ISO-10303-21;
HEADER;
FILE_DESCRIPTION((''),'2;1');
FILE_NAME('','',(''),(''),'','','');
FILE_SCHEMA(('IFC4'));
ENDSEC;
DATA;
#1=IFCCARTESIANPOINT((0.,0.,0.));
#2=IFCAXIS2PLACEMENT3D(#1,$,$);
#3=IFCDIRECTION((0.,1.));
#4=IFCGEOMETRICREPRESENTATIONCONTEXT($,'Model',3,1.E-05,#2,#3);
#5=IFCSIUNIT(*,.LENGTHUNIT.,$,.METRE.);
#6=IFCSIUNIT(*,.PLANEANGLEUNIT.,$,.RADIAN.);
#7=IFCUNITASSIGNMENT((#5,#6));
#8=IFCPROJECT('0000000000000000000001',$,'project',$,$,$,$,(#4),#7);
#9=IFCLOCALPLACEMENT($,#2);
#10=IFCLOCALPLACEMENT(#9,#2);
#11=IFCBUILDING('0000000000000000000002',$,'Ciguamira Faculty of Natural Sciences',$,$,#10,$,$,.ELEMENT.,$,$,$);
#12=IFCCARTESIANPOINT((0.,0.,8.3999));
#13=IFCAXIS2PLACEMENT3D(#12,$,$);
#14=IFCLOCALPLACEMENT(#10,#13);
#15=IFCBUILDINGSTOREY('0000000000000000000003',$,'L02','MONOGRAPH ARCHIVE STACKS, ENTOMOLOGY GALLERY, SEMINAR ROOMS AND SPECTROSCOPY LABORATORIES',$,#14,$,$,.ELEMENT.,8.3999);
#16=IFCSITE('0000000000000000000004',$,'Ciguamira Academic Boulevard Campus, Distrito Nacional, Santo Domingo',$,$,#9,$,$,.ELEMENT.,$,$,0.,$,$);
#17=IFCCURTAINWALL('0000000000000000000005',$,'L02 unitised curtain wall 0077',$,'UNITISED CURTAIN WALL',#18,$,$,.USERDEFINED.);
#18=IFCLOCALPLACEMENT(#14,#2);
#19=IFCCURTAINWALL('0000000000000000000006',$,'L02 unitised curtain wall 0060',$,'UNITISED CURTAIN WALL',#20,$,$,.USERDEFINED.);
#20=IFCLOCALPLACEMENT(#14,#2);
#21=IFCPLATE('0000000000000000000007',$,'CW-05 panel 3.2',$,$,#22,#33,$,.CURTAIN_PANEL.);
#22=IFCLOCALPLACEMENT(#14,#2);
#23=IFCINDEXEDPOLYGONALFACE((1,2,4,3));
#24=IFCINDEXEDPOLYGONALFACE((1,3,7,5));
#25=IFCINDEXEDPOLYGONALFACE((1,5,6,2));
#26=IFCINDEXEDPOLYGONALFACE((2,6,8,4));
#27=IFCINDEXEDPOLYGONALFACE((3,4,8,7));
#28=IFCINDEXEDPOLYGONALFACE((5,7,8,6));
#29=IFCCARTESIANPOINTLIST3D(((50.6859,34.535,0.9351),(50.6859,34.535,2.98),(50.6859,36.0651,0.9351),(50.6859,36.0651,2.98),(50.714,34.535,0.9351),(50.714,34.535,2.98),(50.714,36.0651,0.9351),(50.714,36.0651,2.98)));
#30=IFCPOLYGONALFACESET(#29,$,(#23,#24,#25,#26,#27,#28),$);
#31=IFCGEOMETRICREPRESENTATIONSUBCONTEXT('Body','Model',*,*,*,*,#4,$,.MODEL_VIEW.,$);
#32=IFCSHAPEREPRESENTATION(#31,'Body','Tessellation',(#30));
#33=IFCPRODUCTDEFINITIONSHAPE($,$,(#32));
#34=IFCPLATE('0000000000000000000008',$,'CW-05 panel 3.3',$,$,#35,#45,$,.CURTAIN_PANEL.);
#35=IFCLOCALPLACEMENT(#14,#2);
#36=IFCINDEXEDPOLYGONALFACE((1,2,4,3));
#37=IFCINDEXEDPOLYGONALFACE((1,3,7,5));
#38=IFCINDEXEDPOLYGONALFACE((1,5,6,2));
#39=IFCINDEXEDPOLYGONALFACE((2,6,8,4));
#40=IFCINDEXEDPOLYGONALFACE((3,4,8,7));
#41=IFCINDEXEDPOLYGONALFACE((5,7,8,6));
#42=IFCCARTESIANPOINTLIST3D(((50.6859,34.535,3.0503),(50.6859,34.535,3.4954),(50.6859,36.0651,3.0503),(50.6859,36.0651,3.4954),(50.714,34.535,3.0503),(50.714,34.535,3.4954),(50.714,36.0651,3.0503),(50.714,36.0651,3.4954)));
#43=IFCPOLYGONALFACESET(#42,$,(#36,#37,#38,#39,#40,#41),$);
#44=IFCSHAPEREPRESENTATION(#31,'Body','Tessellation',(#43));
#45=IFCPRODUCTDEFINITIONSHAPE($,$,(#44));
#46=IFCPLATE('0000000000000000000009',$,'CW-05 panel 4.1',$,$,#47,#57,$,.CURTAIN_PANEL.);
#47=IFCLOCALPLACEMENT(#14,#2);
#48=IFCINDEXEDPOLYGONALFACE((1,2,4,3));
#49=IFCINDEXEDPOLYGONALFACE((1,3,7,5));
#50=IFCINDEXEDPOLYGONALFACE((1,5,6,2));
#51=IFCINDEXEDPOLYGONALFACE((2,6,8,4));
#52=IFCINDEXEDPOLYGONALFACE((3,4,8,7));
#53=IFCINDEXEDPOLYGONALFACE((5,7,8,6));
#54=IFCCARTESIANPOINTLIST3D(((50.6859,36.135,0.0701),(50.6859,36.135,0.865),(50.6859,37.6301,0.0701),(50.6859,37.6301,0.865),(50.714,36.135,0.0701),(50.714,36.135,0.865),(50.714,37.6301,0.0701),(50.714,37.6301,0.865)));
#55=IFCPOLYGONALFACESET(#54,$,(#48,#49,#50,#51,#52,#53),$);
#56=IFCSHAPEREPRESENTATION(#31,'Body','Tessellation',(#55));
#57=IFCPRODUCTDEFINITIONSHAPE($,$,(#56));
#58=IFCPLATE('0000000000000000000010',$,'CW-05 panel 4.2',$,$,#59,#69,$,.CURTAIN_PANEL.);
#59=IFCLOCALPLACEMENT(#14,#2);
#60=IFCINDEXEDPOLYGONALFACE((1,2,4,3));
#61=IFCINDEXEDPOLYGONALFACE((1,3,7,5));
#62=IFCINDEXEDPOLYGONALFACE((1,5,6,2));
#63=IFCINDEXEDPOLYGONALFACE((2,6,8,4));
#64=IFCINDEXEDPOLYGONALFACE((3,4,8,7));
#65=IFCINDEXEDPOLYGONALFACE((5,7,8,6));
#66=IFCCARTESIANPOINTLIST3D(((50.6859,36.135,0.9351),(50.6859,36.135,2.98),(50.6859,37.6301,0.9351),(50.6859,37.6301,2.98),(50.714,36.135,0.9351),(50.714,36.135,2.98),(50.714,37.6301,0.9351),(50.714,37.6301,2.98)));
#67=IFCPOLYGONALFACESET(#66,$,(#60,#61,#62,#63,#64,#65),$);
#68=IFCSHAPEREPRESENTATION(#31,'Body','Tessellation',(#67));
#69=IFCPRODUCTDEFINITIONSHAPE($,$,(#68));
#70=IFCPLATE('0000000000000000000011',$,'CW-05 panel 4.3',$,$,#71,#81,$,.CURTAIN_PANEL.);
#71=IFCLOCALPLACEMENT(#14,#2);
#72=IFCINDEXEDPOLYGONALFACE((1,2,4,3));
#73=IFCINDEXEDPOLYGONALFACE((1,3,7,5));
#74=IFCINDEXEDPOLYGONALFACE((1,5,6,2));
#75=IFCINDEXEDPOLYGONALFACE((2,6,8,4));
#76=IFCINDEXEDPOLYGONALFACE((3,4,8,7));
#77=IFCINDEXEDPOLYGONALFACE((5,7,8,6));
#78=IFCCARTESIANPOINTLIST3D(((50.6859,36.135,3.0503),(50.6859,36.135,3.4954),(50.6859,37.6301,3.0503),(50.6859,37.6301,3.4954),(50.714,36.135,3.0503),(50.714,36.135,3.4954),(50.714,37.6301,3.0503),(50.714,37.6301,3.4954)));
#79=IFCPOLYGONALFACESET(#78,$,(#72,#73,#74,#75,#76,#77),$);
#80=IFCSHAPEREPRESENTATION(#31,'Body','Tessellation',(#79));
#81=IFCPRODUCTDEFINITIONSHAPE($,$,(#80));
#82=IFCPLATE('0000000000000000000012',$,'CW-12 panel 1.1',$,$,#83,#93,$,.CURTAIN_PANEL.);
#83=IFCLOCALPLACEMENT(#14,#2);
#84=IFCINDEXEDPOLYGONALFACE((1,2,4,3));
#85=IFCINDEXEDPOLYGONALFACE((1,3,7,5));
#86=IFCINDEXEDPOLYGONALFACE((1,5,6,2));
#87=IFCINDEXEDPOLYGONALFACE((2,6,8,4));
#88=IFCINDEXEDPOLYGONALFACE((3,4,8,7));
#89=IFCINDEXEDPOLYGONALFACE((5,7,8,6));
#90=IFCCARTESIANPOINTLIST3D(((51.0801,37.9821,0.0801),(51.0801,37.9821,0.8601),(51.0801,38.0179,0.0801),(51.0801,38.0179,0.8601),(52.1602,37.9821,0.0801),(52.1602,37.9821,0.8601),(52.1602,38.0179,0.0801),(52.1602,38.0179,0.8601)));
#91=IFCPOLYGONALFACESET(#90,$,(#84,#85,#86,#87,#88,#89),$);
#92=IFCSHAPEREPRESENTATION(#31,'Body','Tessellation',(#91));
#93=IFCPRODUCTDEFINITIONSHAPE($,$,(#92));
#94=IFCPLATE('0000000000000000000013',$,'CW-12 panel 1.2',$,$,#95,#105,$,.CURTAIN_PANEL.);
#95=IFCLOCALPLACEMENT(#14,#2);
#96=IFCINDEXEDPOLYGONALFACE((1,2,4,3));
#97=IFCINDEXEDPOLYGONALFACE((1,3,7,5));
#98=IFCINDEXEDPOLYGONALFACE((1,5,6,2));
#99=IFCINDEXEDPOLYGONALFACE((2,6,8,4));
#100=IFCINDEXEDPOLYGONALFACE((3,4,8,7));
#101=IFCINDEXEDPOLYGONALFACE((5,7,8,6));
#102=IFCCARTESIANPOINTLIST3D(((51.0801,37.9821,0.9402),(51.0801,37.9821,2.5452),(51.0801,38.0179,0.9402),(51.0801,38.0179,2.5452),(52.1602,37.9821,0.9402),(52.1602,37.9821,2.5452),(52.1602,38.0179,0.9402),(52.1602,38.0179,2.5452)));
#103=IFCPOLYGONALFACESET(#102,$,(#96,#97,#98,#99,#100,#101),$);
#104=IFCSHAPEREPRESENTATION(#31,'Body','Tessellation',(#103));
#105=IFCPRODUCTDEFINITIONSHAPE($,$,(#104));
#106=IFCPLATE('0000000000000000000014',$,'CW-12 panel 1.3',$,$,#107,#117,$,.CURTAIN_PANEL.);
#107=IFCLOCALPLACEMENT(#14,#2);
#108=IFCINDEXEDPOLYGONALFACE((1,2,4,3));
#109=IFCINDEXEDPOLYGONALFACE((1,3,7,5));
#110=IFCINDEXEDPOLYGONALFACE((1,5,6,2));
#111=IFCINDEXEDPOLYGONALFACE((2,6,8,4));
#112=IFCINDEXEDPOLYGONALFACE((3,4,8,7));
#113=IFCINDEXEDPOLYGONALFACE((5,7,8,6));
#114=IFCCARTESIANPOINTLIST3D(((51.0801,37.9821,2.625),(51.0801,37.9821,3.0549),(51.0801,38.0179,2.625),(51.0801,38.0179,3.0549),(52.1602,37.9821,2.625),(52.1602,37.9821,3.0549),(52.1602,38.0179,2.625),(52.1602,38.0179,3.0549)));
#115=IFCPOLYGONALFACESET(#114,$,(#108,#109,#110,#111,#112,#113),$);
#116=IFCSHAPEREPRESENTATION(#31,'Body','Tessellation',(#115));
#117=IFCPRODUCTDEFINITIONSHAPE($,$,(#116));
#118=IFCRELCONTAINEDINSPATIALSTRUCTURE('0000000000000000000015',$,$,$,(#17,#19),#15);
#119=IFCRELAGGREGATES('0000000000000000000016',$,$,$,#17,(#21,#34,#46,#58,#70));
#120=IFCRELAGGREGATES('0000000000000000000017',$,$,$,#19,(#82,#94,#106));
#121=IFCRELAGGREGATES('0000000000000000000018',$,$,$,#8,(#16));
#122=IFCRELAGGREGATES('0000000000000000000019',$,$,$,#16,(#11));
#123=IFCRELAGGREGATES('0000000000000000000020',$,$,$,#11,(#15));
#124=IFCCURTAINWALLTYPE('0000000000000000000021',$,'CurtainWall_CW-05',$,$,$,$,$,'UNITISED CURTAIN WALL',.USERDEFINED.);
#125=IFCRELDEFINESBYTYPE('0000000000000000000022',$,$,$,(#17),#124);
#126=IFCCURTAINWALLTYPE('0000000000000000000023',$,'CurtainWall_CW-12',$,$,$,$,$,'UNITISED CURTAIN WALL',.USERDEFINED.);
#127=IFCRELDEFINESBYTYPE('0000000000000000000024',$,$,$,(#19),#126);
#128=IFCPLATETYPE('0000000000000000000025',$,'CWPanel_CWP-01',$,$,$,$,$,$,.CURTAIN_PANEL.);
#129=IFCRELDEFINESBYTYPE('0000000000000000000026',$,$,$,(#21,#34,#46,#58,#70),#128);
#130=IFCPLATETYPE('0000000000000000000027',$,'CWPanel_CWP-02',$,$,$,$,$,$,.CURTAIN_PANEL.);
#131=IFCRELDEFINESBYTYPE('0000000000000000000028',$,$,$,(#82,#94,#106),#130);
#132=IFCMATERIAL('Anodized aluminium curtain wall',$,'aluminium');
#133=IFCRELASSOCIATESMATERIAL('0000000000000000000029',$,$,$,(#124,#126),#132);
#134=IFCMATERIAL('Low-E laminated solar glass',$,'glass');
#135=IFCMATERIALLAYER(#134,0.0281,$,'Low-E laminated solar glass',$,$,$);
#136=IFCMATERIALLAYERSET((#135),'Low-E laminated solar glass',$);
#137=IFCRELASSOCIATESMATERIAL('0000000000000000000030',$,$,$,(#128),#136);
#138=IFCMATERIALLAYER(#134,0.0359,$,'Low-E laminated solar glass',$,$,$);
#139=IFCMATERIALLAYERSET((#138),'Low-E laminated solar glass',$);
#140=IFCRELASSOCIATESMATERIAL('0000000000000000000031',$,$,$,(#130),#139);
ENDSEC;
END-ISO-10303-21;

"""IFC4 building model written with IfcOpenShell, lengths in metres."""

from ifc_helpers import new_model, si_unit, direction, frame, origin, origin_2d, place, context, subcontext, project, spatial, rectangle, extrude, material, layer, layer_set, type_object, element, aggregate, save


model = new_model("IFC4")

# Units and contexts
model_context = context("Model", 3, precision=1e-05, world=origin(), true_north=direction((0.0, 1.0)))
body_context = subcontext(model_context, "Body", "Model", "MODEL_VIEW")
ifc_project = project(units=[si_unit("LENGTHUNIT", "METRE"), si_unit("PLANEANGLEUNIT", "RADIAN")], contexts=[model_context])

# Site, building, storey
site_placement = place(None, origin())
site = spatial("IfcSite", under=ifc_project, at=site_placement, Name="Ciguamira Academic Boulevard Campus, Distrito Nacional, Santo Domingo", CompositionType="ELEMENT", RefElevation=0.0)
building_placement = place(site_placement, origin())
building = spatial("IfcBuilding", under=site, at=building_placement, Name="Ciguamira Faculty of Natural Sciences", CompositionType="ELEMENT")
storey_placement = place(building_placement, frame((0.0, 0.0, 8.3999)))
storey = spatial("IfcBuildingStorey", under=building, at=storey_placement, Name="L02", Description="MONOGRAPH ARCHIVE STACKS, ENTOMOLOGY GALLERY, SEMINAR ROOMS AND SPECTROSCOPY LABORATORIES", CompositionType="ELEMENT", Elevation=8.3999)

# Curtain walls
ifc_material_1 = material(Name="Anodized aluminium curtain wall", Category="aluminium")
curtain_wall_type_1 = type_object("IfcCurtainWallType", Name="CurtainWall_CW-05", ElementType="UNITISED CURTAIN WALL", PredefinedType="USERDEFINED", material=ifc_material_1)
curtain_wall_1_placement = place(storey_placement, origin())
curtain_wall_1 = element("IfcCurtainWall", 1, at=curtain_wall_1_placement, inside=storey, type_object=curtain_wall_type_1, Name="L02 unitised curtain wall 0077", ObjectType="UNITISED CURTAIN WALL", PredefinedType="USERDEFINED")
curtain_wall_type_2 = type_object("IfcCurtainWallType", Name="CurtainWall_CW-12", ElementType="UNITISED CURTAIN WALL", PredefinedType="USERDEFINED", material=ifc_material_1)
curtain_wall_2_placement = place(storey_placement, origin())
curtain_wall_2 = element("IfcCurtainWall", 2, at=curtain_wall_2_placement, inside=storey, type_object=curtain_wall_type_2, Name="L02 unitised curtain wall 0060", ObjectType="UNITISED CURTAIN WALL", PredefinedType="USERDEFINED")

# Plates
ifc_material_2 = material(Name="Low-E laminated solar glass", Category="glass")
ifc_layer_1 = layer(ifc_material_2, 0.0281, Name="Low-E laminated solar glass")
ifc_layer_set_1 = layer_set([ifc_layer_1], Name="Low-E laminated solar glass")
plate_type_1 = type_object("IfcPlateType", Name="CWPanel_CWP-01", PredefinedType="CURTAIN_PANEL", material=ifc_layer_set_1)
plate_1_placement = place(storey_placement, frame((50.7, 35.3, 0.9351), z_axis=(0.0, 0.0, 1.0), x_axis=(0.0, 1.0, 0.0)))
plate_1 = element("IfcPlate", 3, at=plate_1_placement, type_object=plate_type_1, Name="CW-05 panel 3.2", PredefinedType="CURTAIN_PANEL", context=body_context, shape_type="SweptSolid", body=[
    extrude(rectangle(XDim=1.53, YDim=0.0281, at=origin_2d()), origin(), (0.0, 0.0, 1.0), 2.0449),
])
plate_2_placement = place(storey_placement, frame((50.7, 35.3, 3.0503), z_axis=(0.0, 0.0, 1.0), x_axis=(0.0, 1.0, 0.0)))
plate_2 = element("IfcPlate", 4, at=plate_2_placement, type_object=plate_type_1, Name="CW-05 panel 3.3", PredefinedType="CURTAIN_PANEL", context=body_context, shape_type="SweptSolid", body=[
    extrude(rectangle(XDim=1.53, YDim=0.0281, at=origin_2d()), origin(), (0.0, 0.0, 1.0), 0.4451),
])
plate_3_placement = place(storey_placement, frame((50.7, 36.8826, 0.0701), z_axis=(0.0, 0.0, 1.0), x_axis=(0.0, 1.0, 0.0)))
plate_3 = element("IfcPlate", 5, at=plate_3_placement, type_object=plate_type_1, Name="CW-05 panel 4.1", PredefinedType="CURTAIN_PANEL", context=body_context, shape_type="SweptSolid", body=[
    extrude(rectangle(XDim=1.4951, YDim=0.0281, at=origin_2d()), origin(), (0.0, 0.0, 1.0), 0.7949),
])
plate_4_placement = place(storey_placement, frame((50.7, 36.8826, 0.9351), z_axis=(0.0, 0.0, 1.0), x_axis=(0.0, 1.0, 0.0)))
plate_4 = element("IfcPlate", 6, at=plate_4_placement, type_object=plate_type_1, Name="CW-05 panel 4.2", PredefinedType="CURTAIN_PANEL", context=body_context, shape_type="SweptSolid", body=[
    extrude(rectangle(XDim=1.4951, YDim=0.0281, at=origin_2d()), origin(), (0.0, 0.0, 1.0), 2.0449),
])
plate_5_placement = place(storey_placement, frame((50.7, 36.8826, 3.0503), z_axis=(0.0, 0.0, 1.0), x_axis=(0.0, 1.0, 0.0)))
plate_5 = element("IfcPlate", 7, at=plate_5_placement, type_object=plate_type_1, Name="CW-05 panel 4.3", PredefinedType="CURTAIN_PANEL", context=body_context, shape_type="SweptSolid", body=[
    extrude(rectangle(XDim=1.4951, YDim=0.0281, at=origin_2d()), origin(), (0.0, 0.0, 1.0), 0.4451),
])
aggregate(curtain_wall_1, [plate_1, plate_2, plate_3, plate_4, plate_5])
ifc_layer_2 = layer(ifc_material_2, 0.0359, Name="Low-E laminated solar glass")
ifc_layer_set_2 = layer_set([ifc_layer_2], Name="Low-E laminated solar glass")
plate_type_2 = type_object("IfcPlateType", Name="CWPanel_CWP-02", PredefinedType="CURTAIN_PANEL", material=ifc_layer_set_2)
plate_6_placement = place(storey_placement, frame((51.6201, 38.0, 0.0801), z_axis=(0.0, 0.0, 1.0), x_axis=(1.0, 0.0, 0.0)))
plate_6 = element("IfcPlate", 8, at=plate_6_placement, type_object=plate_type_2, Name="CW-12 panel 1.1", PredefinedType="CURTAIN_PANEL", context=body_context, shape_type="SweptSolid", body=[
    extrude(rectangle(XDim=1.0801, YDim=0.0359, at=origin_2d()), origin(), (0.0, 0.0, 1.0), 0.78),
])
plate_7_placement = place(storey_placement, frame((51.6201, 38.0, 0.9402), z_axis=(0.0, 0.0, 1.0), x_axis=(1.0, 0.0, 0.0)))
plate_7 = element("IfcPlate", 9, at=plate_7_placement, type_object=plate_type_2, Name="CW-12 panel 1.2", PredefinedType="CURTAIN_PANEL", context=body_context, shape_type="SweptSolid", body=[
    extrude(rectangle(XDim=1.0801, YDim=0.0359, at=origin_2d()), origin(), (0.0, 0.0, 1.0), 1.605),
])
plate_8_placement = place(storey_placement, frame((51.6201, 38.0, 2.625), z_axis=(0.0, 0.0, 1.0), x_axis=(1.0, 0.0, 0.0)))
plate_8 = element("IfcPlate", 10, at=plate_8_placement, type_object=plate_type_2, Name="CW-12 panel 1.3", PredefinedType="CURTAIN_PANEL", context=body_context, shape_type="SweptSolid", body=[
    extrude(rectangle(XDim=1.0801, YDim=0.0359, at=origin_2d()), origin(), (0.0, 0.0, 1.0), 0.4299),
])
aggregate(curtain_wall_2, [plate_6, plate_7, plate_8])

save(model, "model.ifc")
